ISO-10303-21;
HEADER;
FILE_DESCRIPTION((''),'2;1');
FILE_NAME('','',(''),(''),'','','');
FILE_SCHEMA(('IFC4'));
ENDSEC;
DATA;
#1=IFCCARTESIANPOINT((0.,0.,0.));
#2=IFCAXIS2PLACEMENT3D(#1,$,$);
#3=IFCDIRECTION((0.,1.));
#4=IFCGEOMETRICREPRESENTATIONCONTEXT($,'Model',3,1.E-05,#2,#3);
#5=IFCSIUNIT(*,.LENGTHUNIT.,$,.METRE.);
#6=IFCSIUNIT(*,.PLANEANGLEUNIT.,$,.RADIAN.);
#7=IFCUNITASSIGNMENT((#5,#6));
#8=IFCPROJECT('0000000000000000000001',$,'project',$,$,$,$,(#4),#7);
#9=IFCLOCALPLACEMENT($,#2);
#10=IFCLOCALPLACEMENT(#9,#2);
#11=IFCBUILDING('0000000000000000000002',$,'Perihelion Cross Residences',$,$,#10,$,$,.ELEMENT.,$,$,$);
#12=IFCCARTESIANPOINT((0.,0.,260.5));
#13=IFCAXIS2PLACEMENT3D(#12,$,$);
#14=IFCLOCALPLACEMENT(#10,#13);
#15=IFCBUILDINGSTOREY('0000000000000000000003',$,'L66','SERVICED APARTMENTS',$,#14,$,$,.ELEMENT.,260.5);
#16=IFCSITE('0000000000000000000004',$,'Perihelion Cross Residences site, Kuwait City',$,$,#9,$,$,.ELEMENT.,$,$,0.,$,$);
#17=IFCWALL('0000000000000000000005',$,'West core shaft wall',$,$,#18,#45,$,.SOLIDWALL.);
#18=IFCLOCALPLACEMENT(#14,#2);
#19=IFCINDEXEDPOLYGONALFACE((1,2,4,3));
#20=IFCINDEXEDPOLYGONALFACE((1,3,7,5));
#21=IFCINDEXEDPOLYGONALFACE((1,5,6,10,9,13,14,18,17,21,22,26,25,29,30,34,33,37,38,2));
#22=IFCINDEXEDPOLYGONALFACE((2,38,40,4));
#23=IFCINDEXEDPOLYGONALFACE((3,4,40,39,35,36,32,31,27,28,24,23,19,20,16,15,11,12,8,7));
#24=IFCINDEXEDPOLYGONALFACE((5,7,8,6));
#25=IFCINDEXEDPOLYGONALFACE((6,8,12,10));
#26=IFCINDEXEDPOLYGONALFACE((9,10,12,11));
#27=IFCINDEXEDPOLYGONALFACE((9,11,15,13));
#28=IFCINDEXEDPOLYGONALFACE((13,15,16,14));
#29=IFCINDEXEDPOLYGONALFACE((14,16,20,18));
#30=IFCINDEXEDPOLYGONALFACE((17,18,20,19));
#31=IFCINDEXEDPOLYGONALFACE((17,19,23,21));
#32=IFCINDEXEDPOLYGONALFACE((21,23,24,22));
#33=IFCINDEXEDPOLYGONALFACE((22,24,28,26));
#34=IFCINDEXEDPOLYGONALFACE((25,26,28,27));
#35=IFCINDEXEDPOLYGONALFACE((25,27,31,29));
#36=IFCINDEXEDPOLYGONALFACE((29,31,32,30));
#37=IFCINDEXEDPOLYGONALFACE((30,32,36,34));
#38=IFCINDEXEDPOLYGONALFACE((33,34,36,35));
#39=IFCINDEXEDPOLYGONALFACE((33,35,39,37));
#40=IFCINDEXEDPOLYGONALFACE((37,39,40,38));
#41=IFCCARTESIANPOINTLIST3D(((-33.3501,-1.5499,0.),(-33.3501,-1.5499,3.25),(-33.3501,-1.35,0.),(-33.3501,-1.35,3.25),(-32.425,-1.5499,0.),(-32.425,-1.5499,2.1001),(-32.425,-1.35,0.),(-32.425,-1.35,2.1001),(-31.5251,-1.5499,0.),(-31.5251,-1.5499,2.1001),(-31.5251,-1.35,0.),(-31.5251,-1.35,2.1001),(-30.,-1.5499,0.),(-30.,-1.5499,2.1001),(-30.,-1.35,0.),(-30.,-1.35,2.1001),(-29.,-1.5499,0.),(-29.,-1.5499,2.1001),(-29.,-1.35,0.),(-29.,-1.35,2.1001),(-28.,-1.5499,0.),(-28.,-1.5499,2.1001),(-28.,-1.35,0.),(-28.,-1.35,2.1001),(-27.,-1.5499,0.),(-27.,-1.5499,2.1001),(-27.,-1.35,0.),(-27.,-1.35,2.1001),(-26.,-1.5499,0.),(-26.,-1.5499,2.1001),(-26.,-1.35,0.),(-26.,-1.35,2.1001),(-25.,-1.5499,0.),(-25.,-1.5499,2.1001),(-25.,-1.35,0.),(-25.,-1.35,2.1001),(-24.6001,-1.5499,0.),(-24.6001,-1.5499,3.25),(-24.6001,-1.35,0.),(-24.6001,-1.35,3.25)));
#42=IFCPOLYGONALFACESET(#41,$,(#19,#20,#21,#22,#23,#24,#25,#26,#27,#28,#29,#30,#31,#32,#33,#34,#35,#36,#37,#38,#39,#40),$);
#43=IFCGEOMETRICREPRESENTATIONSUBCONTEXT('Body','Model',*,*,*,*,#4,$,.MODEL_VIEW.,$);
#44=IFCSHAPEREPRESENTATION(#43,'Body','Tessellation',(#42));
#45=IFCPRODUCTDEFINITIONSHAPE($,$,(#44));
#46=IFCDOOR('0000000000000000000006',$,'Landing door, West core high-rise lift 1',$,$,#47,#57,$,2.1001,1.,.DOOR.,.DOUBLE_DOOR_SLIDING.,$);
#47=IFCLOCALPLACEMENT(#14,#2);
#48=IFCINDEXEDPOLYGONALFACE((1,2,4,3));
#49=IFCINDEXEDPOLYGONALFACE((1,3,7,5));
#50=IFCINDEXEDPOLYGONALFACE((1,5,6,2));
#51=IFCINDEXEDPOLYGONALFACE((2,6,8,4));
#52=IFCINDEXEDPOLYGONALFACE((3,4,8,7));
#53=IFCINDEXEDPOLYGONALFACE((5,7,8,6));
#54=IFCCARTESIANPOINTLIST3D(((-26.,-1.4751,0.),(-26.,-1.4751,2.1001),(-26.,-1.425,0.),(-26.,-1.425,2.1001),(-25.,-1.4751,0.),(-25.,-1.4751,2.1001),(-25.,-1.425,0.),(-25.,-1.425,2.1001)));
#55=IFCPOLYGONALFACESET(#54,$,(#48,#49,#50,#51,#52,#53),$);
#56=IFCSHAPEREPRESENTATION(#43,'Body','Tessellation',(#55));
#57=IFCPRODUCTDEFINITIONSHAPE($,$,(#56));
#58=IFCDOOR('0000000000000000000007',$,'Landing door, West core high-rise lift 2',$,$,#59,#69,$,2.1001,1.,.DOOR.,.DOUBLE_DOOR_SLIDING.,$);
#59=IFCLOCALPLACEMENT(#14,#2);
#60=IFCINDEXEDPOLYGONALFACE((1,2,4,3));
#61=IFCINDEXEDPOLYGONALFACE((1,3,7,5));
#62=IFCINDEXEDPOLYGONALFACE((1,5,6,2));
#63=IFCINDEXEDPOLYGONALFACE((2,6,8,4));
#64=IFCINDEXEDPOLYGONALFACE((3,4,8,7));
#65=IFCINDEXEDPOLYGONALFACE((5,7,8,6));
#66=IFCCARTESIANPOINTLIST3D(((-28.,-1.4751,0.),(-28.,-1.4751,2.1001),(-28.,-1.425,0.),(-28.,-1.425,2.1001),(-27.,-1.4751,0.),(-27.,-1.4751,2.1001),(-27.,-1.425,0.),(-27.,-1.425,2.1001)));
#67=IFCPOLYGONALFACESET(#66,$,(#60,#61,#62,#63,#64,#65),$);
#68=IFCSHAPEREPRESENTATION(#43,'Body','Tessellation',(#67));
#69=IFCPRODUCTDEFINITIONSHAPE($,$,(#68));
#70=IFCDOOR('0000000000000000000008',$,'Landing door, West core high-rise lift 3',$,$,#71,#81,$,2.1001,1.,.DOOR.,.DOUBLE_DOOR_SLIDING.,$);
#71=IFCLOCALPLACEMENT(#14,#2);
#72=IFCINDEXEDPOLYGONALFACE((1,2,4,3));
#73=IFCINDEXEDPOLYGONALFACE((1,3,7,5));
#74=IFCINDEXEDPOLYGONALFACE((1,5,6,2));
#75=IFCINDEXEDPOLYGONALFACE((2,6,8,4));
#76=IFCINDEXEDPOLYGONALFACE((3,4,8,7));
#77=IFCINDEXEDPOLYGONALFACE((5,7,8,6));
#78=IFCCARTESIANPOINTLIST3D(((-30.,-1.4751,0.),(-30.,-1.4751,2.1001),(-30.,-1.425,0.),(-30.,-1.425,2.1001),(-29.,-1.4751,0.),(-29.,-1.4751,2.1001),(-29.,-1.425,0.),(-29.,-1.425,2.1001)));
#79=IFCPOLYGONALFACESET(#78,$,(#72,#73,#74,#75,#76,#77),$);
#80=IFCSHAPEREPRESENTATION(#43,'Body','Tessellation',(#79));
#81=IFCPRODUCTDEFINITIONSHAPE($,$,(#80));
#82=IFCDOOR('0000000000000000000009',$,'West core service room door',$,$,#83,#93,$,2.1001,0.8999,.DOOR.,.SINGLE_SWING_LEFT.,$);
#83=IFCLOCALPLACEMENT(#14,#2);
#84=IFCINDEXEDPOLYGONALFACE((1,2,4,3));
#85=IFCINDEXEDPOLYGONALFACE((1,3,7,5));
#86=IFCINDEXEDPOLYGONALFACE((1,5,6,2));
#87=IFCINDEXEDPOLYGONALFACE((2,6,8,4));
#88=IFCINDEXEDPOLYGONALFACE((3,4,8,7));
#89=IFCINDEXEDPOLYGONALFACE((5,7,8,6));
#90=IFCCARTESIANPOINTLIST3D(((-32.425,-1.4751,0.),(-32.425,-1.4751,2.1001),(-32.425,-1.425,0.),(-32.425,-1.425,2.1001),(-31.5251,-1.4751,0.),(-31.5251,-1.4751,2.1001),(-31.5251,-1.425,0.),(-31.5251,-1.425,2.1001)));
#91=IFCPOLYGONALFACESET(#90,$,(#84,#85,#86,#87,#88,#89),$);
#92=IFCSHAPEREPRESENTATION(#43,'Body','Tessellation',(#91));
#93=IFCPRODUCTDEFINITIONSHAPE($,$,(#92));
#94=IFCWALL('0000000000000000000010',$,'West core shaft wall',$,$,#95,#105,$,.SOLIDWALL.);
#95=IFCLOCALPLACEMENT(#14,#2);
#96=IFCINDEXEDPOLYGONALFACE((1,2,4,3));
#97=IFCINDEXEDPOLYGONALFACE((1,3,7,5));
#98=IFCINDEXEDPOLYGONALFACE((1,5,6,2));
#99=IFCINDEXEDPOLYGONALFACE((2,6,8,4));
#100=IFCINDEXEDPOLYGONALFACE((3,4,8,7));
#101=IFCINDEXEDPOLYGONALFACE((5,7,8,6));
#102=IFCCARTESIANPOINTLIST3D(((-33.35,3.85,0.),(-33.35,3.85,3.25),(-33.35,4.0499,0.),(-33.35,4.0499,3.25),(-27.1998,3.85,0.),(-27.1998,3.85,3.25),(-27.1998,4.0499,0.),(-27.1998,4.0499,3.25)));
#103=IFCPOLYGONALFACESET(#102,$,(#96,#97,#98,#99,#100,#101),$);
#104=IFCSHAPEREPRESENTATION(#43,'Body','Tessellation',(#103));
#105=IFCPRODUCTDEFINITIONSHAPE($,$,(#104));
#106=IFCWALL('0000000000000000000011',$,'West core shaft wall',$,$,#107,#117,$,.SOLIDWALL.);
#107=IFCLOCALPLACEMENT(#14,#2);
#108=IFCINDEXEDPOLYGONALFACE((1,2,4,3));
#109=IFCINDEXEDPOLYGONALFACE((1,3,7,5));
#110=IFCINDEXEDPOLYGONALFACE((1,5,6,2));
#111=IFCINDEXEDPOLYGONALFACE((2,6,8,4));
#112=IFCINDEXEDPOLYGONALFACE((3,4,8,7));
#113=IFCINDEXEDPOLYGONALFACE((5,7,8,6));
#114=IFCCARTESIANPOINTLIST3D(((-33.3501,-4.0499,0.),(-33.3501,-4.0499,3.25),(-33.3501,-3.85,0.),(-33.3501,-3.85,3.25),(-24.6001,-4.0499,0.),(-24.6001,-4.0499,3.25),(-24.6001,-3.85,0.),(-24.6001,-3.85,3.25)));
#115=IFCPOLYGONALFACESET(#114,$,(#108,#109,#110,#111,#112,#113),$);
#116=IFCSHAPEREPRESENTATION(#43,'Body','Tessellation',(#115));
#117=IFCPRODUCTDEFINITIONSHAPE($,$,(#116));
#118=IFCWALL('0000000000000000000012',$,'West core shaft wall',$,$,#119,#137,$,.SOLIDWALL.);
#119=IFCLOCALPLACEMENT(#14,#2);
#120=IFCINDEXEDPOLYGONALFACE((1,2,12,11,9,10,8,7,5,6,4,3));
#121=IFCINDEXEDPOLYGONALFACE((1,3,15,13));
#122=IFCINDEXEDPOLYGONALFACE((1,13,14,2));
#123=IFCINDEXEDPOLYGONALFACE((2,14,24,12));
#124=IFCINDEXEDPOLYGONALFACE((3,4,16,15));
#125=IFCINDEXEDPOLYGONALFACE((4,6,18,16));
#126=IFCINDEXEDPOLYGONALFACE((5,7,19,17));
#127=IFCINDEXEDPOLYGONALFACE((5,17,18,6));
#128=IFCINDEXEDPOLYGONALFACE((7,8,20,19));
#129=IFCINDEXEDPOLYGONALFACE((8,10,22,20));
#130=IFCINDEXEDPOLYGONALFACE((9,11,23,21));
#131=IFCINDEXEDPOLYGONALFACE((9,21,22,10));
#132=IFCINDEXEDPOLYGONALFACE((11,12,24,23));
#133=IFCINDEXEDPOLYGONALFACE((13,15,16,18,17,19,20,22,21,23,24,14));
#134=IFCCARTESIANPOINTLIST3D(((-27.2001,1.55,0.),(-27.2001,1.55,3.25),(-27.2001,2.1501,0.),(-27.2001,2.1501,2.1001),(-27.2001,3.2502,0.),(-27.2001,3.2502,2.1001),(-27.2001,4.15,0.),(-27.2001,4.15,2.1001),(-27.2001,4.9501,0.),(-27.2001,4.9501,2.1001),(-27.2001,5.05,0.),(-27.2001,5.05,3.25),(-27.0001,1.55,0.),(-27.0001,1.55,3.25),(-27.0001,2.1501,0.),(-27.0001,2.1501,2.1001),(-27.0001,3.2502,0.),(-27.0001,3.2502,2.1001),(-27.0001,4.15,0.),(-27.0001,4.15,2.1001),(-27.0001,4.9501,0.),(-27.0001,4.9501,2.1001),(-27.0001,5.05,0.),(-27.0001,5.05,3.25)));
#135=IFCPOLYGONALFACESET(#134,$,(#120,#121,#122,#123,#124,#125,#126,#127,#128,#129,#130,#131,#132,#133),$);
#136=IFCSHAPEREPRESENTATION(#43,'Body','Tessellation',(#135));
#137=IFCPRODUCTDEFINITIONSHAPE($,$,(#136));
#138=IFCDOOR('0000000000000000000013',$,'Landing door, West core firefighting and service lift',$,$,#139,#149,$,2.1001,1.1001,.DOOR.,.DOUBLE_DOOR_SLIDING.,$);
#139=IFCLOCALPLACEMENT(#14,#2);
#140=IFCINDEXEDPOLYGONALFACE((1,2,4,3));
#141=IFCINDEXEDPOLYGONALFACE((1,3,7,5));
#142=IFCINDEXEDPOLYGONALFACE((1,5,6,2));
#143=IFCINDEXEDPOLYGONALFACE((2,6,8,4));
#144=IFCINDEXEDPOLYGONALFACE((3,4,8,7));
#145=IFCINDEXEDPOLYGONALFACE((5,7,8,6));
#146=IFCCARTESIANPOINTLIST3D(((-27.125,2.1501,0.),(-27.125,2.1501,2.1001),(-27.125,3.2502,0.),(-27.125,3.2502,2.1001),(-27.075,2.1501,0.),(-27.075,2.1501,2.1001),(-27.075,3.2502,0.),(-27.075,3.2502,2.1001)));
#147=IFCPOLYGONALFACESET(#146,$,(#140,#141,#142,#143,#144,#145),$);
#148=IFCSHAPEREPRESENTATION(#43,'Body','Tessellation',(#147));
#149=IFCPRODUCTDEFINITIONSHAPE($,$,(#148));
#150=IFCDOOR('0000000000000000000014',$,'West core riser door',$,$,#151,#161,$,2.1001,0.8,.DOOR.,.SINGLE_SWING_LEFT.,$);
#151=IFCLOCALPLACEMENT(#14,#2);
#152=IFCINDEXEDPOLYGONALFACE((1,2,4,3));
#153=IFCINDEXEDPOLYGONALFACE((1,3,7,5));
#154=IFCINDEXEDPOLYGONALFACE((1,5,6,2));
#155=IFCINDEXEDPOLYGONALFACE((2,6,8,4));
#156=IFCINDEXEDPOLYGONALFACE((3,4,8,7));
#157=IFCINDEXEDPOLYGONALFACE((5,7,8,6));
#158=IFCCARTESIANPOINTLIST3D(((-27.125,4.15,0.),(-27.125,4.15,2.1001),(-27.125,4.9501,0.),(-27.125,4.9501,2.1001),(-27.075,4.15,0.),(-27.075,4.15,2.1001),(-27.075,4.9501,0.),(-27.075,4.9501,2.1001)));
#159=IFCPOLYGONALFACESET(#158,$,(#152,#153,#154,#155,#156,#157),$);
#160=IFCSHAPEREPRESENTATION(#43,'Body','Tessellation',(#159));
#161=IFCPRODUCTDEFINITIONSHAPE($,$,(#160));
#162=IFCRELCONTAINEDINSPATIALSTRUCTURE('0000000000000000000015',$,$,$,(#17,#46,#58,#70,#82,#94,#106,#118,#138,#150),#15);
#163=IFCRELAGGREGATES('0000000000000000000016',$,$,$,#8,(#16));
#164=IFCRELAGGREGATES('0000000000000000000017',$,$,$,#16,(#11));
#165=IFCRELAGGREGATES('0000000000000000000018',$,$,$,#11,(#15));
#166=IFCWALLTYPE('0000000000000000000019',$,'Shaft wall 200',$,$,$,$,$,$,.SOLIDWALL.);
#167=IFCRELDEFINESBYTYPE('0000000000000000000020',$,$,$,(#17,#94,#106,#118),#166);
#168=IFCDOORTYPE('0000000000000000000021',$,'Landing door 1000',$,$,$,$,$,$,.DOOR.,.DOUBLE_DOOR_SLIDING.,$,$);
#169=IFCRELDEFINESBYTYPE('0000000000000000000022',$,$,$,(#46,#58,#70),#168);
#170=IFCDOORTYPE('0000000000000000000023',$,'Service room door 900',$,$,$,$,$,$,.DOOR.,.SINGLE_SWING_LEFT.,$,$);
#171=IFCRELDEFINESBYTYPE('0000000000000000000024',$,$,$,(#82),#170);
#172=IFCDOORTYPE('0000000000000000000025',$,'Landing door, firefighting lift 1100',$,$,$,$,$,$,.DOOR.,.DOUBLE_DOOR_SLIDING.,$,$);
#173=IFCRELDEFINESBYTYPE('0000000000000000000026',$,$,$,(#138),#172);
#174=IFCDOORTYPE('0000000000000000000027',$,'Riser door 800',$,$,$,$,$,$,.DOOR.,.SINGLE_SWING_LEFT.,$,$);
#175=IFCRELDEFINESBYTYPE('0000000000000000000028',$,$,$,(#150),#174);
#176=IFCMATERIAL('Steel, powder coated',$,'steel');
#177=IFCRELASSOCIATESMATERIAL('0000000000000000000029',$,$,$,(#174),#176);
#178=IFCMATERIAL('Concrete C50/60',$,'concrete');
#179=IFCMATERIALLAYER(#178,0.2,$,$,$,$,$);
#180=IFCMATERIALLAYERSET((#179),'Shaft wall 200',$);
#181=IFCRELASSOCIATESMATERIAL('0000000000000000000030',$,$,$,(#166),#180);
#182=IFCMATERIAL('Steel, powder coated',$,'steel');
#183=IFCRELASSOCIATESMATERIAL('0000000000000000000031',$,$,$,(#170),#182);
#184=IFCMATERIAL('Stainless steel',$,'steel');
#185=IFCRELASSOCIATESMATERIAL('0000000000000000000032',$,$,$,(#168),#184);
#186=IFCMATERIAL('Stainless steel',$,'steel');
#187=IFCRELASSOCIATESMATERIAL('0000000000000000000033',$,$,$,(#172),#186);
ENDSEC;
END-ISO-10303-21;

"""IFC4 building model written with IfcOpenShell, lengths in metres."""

from ifc_helpers import new_model, si_unit, direction, frame, frame_2d, origin, place, context, subcontext, project, spatial, rectangle, extrude, material, layer, layer_set, type_object, element, fill, save


model = new_model("IFC4")

# Units and contexts
model_context = context("Model", 3, precision=1e-05, world=origin(), true_north=direction((0.0, 1.0)))
body_context = subcontext(model_context, "Body", "Model", "MODEL_VIEW")
ifc_project = project(units=[si_unit("LENGTHUNIT", "METRE"), si_unit("PLANEANGLEUNIT", "RADIAN")], contexts=[model_context])

# Site, building, storey
site_placement = place(None, origin())
site = spatial("IfcSite", under=ifc_project, at=site_placement, Name="Perihelion Cross Residences site, Kuwait City", CompositionType="ELEMENT", RefElevation=0.0)
building_placement = place(site_placement, origin())
building = spatial("IfcBuilding", under=site, at=building_placement, Name="Perihelion Cross Residences", CompositionType="ELEMENT")
storey_placement = place(building_placement, frame((0.0, 0.0, 260.5)))
storey = spatial("IfcBuildingStorey", under=building, at=storey_placement, Name="L66", Description="SERVICED APARTMENTS", CompositionType="ELEMENT", Elevation=260.5)

# Shared definitions
ifc_material_1 = material(Name="Steel, powder coated", Category="steel")
door_type_1 = type_object("IfcDoorType", Name="Riser door 800", OperationType="SINGLE_SWING_LEFT", PredefinedType="DOOR", material=ifc_material_1)

# Wall, openings, doors
ifc_material_2 = material(Name="Concrete C50/60", Category="concrete")
ifc_layer_1 = layer(ifc_material_2, 0.2)
ifc_layer_set_1 = layer_set([ifc_layer_1], Name="Shaft wall 200")
wall_type_1 = type_object("IfcWallType", Name="Shaft wall 200", PredefinedType="SOLIDWALL", material=ifc_layer_set_1)
ifc_material_3 = material(Name="Steel, powder coated", Category="steel")
door_type_2 = type_object("IfcDoorType", Name="Service room door 900", OperationType="SINGLE_SWING_LEFT", PredefinedType="DOOR", material=ifc_material_3)
wall_1_placement = place(storey_placement, frame((-33.3501, -1.45, 0.0), z_axis=(0.0, 0.0, 1.0), x_axis=(1.0, 0.0, 0.0)))
wall_1 = element("IfcWall", 1, at=wall_1_placement, inside=storey, type_object=wall_type_1, Name="West core shaft wall", PredefinedType="SOLIDWALL", context=body_context, shape_type="SweptSolid", body=[
    extrude(rectangle(XDim=8.75, YDim=0.2, at=frame_2d((4.375, 0.0))), origin(), (0.0, 0.0, 1.0), 3.25),
])
opening_1_placement = place(wall_1_placement, frame((7.3501, 0.0, 0.0)))
opening_1 = element("IfcOpeningElement", 2, at=opening_1_placement, cuts=wall_1, PredefinedType="OPENING", context=body_context, shape_type="SweptSolid", body=[
    extrude(rectangle(XDim=1.0, YDim=2.1001, at=frame_2d((0.5, 1.05))), frame((0.0, 0.1099, 0.0), z_axis=(0.0, -1.0, 0.0), x_axis=(1.0, 0.0, 0.0)), (0.0, 0.0, 1.0), 0.22),
])
opening_2_placement = place(wall_1_placement, frame((5.3501, 0.0, 0.0)))
opening_2 = element("IfcOpeningElement", 3, at=opening_2_placement, cuts=wall_1, PredefinedType="OPENING", context=body_context, shape_type="SweptSolid", body=[
    extrude(rectangle(XDim=1.0, YDim=2.1001, at=frame_2d((0.5, 1.05))), frame((0.0, 0.1099, 0.0), z_axis=(0.0, -1.0, 0.0), x_axis=(1.0, 0.0, 0.0)), (0.0, 0.0, 1.0), 0.22),
])
opening_3_placement = place(wall_1_placement, frame((3.3501, 0.0, 0.0)))
opening_3 = element("IfcOpeningElement", 4, at=opening_3_placement, cuts=wall_1, PredefinedType="OPENING", context=body_context, shape_type="SweptSolid", body=[
    extrude(rectangle(XDim=1.0, YDim=2.1001, at=frame_2d((0.5, 1.05))), frame((0.0, 0.1099, 0.0), z_axis=(0.0, -1.0, 0.0), x_axis=(1.0, 0.0, 0.0)), (0.0, 0.0, 1.0), 0.22),
])
opening_4_placement = place(wall_1_placement, frame((0.925, 0.0, 0.0)))
opening_4 = element("IfcOpeningElement", 5, at=opening_4_placement, cuts=wall_1, PredefinedType="OPENING", context=body_context, shape_type="SweptSolid", body=[
    extrude(rectangle(XDim=0.8999, YDim=2.1001, at=frame_2d((0.45, 1.05))), frame((0.0, 0.1099, 0.0), z_axis=(0.0, -1.0, 0.0), x_axis=(1.0, 0.0, 0.0)), (0.0, 0.0, 1.0), 0.22),
])
ifc_material_4 = material(Name="Stainless steel", Category="steel")
door_type_3 = type_object("IfcDoorType", Name="Landing door 1000", OperationType="DOUBLE_DOOR_SLIDING", PredefinedType="DOOR", material=ifc_material_4)
door_1_placement = place(opening_1_placement, origin())
door_1 = element("IfcDoor", 6, at=door_1_placement, inside=storey, type_object=door_type_3, Name="Landing door, West core high-rise lift 1", OperationType="DOUBLE_DOOR_SLIDING", OverallHeight=2.1001, OverallWidth=1.0, PredefinedType="DOOR", context=body_context, shape_type="SweptSolid", body=[
    extrude(rectangle(XDim=1.0, YDim=2.1001, at=frame_2d((0.5, 1.05))), frame((0.0, 0.0249, 0.0), z_axis=(0.0, -1.0, 0.0), x_axis=(1.0, 0.0, 0.0)), (0.0, 0.0, 1.0), 0.05),
])
fill(opening_1, door_1)
door_2_placement = place(opening_2_placement, origin())
door_2 = element("IfcDoor", 7, at=door_2_placement, inside=storey, type_object=door_type_3, Name="Landing door, West core high-rise lift 2", OperationType="DOUBLE_DOOR_SLIDING", OverallHeight=2.1001, OverallWidth=1.0, PredefinedType="DOOR", context=body_context, shape_type="SweptSolid", body=[
    extrude(rectangle(XDim=1.0, YDim=2.1001, at=frame_2d((0.5, 1.05))), frame((0.0, 0.0249, 0.0), z_axis=(0.0, -1.0, 0.0), x_axis=(1.0, 0.0, 0.0)), (0.0, 0.0, 1.0), 0.05),
])
fill(opening_2, door_2)
door_3_placement = place(opening_3_placement, origin())
door_3 = element("IfcDoor", 8, at=door_3_placement, inside=storey, type_object=door_type_3, Name="Landing door, West core high-rise lift 3", OperationType="DOUBLE_DOOR_SLIDING", OverallHeight=2.1001, OverallWidth=1.0, PredefinedType="DOOR", context=body_context, shape_type="SweptSolid", body=[
    extrude(rectangle(XDim=1.0, YDim=2.1001, at=frame_2d((0.5, 1.05))), frame((0.0, 0.0249, 0.0), z_axis=(0.0, -1.0, 0.0), x_axis=(1.0, 0.0, 0.0)), (0.0, 0.0, 1.0), 0.05),
])
fill(opening_3, door_3)
door_4_placement = place(opening_4_placement, origin())
door_4 = element("IfcDoor", 9, at=door_4_placement, inside=storey, type_object=door_type_2, Name="West core service room door", OperationType="SINGLE_SWING_LEFT", OverallHeight=2.1001, OverallWidth=0.8999, PredefinedType="DOOR", context=body_context, shape_type="SweptSolid", body=[
    extrude(rectangle(XDim=0.8999, YDim=2.1001, at=frame_2d((0.45, 1.05))), frame((0.0, 0.0249, 0.0), z_axis=(0.0, -1.0, 0.0), x_axis=(1.0, 0.0, 0.0)), (0.0, 0.0, 1.0), 0.05),
])
fill(opening_4, door_4)

# Walls
wall_2_placement = place(storey_placement, frame((-33.3501, 3.95, 0.0), z_axis=(0.0, 0.0, 1.0), x_axis=(1.0, 0.0, 0.0)))
element("IfcWall", 10, at=wall_2_placement, inside=storey, type_object=wall_type_1, Name="West core shaft wall", PredefinedType="SOLIDWALL", context=body_context, shape_type="SweptSolid", body=[
    extrude(rectangle(XDim=6.1501, YDim=0.2, at=frame_2d((3.0752, 0.0))), origin(), (0.0, 0.0, 1.0), 3.25),
])
wall_3_placement = place(storey_placement, frame((-33.3501, -3.95, 0.0), z_axis=(0.0, 0.0, 1.0), x_axis=(1.0, 0.0, 0.0)))
element("IfcWall", 11, at=wall_3_placement, inside=storey, type_object=wall_type_1, Name="West core shaft wall", PredefinedType="SOLIDWALL", context=body_context, shape_type="SweptSolid", body=[
    extrude(rectangle(XDim=8.75, YDim=0.2, at=frame_2d((4.375, 0.0))), origin(), (0.0, 0.0, 1.0), 3.25),
])

# Wall, openings, doors
wall_4_placement = place(storey_placement, frame((-27.1001, 1.55, 0.0), z_axis=(0.0, 0.0, 1.0), x_axis=(0.0, 1.0, 0.0)))
wall_4 = element("IfcWall", 12, at=wall_4_placement, inside=storey, type_object=wall_type_1, Name="West core shaft wall", PredefinedType="SOLIDWALL", context=body_context, shape_type="SweptSolid", body=[
    extrude(rectangle(XDim=3.5, YDim=0.2, at=frame_2d((1.75, 0.0))), origin(), (0.0, 0.0, 1.0), 3.25),
])
opening_5_placement = place(wall_4_placement, frame((0.6001, 0.0, 0.0)))
opening_5 = element("IfcOpeningElement", 13, at=opening_5_placement, cuts=wall_4, PredefinedType="OPENING", context=body_context, shape_type="SweptSolid", body=[
    extrude(rectangle(XDim=1.1001, YDim=2.1001, at=frame_2d((0.55, 1.05))), frame((0.0, 0.1099, 0.0), z_axis=(0.0, -1.0, 0.0), x_axis=(1.0, 0.0, 0.0)), (0.0, 0.0, 1.0), 0.22),
])
opening_6_placement = place(wall_4_placement, frame((2.6001, 0.0, 0.0)))
opening_6 = element("IfcOpeningElement", 14, at=opening_6_placement, cuts=wall_4, PredefinedType="OPENING", context=body_context, shape_type="SweptSolid", body=[
    extrude(rectangle(XDim=0.8, YDim=2.1001, at=frame_2d((0.3999, 1.05))), frame((0.0, 0.1099, 0.0), z_axis=(0.0, -1.0, 0.0), x_axis=(1.0, 0.0, 0.0)), (0.0, 0.0, 1.0), 0.22),
])
ifc_material_5 = material(Name="Stainless steel", Category="steel")
door_type_4 = type_object("IfcDoorType", Name="Landing door, firefighting lift 1100", OperationType="DOUBLE_DOOR_SLIDING", PredefinedType="DOOR", material=ifc_material_5)
door_5_placement = place(opening_5_placement, origin())
door_5 = element("IfcDoor", 15, at=door_5_placement, inside=storey, type_object=door_type_4, Name="Landing door, West core firefighting and service lift", OperationType="DOUBLE_DOOR_SLIDING", OverallHeight=2.1001, OverallWidth=1.1001, PredefinedType="DOOR", context=body_context, shape_type="SweptSolid", body=[
    extrude(rectangle(XDim=1.1001, YDim=2.1001, at=frame_2d((0.55, 1.05))), frame((0.0, 0.0249, 0.0), z_axis=(0.0, -1.0, 0.0), x_axis=(1.0, 0.0, 0.0)), (0.0, 0.0, 1.0), 0.05),
])
fill(opening_5, door_5)
door_6_placement = place(opening_6_placement, origin())
door_6 = element("IfcDoor", 16, at=door_6_placement, inside=storey, type_object=door_type_1, Name="West core riser door", OperationType="SINGLE_SWING_LEFT", OverallHeight=2.1001, OverallWidth=0.8, PredefinedType="DOOR", context=body_context, shape_type="SweptSolid", body=[
    extrude(rectangle(XDim=0.8, YDim=2.1001, at=frame_2d((0.3999, 1.05))), frame((0.0, 0.0249, 0.0), z_axis=(0.0, -1.0, 0.0), x_axis=(1.0, 0.0, 0.0)), (0.0, 0.0, 1.0), 0.05),
])
fill(opening_6, door_6)

save(model, "model.ifc")
